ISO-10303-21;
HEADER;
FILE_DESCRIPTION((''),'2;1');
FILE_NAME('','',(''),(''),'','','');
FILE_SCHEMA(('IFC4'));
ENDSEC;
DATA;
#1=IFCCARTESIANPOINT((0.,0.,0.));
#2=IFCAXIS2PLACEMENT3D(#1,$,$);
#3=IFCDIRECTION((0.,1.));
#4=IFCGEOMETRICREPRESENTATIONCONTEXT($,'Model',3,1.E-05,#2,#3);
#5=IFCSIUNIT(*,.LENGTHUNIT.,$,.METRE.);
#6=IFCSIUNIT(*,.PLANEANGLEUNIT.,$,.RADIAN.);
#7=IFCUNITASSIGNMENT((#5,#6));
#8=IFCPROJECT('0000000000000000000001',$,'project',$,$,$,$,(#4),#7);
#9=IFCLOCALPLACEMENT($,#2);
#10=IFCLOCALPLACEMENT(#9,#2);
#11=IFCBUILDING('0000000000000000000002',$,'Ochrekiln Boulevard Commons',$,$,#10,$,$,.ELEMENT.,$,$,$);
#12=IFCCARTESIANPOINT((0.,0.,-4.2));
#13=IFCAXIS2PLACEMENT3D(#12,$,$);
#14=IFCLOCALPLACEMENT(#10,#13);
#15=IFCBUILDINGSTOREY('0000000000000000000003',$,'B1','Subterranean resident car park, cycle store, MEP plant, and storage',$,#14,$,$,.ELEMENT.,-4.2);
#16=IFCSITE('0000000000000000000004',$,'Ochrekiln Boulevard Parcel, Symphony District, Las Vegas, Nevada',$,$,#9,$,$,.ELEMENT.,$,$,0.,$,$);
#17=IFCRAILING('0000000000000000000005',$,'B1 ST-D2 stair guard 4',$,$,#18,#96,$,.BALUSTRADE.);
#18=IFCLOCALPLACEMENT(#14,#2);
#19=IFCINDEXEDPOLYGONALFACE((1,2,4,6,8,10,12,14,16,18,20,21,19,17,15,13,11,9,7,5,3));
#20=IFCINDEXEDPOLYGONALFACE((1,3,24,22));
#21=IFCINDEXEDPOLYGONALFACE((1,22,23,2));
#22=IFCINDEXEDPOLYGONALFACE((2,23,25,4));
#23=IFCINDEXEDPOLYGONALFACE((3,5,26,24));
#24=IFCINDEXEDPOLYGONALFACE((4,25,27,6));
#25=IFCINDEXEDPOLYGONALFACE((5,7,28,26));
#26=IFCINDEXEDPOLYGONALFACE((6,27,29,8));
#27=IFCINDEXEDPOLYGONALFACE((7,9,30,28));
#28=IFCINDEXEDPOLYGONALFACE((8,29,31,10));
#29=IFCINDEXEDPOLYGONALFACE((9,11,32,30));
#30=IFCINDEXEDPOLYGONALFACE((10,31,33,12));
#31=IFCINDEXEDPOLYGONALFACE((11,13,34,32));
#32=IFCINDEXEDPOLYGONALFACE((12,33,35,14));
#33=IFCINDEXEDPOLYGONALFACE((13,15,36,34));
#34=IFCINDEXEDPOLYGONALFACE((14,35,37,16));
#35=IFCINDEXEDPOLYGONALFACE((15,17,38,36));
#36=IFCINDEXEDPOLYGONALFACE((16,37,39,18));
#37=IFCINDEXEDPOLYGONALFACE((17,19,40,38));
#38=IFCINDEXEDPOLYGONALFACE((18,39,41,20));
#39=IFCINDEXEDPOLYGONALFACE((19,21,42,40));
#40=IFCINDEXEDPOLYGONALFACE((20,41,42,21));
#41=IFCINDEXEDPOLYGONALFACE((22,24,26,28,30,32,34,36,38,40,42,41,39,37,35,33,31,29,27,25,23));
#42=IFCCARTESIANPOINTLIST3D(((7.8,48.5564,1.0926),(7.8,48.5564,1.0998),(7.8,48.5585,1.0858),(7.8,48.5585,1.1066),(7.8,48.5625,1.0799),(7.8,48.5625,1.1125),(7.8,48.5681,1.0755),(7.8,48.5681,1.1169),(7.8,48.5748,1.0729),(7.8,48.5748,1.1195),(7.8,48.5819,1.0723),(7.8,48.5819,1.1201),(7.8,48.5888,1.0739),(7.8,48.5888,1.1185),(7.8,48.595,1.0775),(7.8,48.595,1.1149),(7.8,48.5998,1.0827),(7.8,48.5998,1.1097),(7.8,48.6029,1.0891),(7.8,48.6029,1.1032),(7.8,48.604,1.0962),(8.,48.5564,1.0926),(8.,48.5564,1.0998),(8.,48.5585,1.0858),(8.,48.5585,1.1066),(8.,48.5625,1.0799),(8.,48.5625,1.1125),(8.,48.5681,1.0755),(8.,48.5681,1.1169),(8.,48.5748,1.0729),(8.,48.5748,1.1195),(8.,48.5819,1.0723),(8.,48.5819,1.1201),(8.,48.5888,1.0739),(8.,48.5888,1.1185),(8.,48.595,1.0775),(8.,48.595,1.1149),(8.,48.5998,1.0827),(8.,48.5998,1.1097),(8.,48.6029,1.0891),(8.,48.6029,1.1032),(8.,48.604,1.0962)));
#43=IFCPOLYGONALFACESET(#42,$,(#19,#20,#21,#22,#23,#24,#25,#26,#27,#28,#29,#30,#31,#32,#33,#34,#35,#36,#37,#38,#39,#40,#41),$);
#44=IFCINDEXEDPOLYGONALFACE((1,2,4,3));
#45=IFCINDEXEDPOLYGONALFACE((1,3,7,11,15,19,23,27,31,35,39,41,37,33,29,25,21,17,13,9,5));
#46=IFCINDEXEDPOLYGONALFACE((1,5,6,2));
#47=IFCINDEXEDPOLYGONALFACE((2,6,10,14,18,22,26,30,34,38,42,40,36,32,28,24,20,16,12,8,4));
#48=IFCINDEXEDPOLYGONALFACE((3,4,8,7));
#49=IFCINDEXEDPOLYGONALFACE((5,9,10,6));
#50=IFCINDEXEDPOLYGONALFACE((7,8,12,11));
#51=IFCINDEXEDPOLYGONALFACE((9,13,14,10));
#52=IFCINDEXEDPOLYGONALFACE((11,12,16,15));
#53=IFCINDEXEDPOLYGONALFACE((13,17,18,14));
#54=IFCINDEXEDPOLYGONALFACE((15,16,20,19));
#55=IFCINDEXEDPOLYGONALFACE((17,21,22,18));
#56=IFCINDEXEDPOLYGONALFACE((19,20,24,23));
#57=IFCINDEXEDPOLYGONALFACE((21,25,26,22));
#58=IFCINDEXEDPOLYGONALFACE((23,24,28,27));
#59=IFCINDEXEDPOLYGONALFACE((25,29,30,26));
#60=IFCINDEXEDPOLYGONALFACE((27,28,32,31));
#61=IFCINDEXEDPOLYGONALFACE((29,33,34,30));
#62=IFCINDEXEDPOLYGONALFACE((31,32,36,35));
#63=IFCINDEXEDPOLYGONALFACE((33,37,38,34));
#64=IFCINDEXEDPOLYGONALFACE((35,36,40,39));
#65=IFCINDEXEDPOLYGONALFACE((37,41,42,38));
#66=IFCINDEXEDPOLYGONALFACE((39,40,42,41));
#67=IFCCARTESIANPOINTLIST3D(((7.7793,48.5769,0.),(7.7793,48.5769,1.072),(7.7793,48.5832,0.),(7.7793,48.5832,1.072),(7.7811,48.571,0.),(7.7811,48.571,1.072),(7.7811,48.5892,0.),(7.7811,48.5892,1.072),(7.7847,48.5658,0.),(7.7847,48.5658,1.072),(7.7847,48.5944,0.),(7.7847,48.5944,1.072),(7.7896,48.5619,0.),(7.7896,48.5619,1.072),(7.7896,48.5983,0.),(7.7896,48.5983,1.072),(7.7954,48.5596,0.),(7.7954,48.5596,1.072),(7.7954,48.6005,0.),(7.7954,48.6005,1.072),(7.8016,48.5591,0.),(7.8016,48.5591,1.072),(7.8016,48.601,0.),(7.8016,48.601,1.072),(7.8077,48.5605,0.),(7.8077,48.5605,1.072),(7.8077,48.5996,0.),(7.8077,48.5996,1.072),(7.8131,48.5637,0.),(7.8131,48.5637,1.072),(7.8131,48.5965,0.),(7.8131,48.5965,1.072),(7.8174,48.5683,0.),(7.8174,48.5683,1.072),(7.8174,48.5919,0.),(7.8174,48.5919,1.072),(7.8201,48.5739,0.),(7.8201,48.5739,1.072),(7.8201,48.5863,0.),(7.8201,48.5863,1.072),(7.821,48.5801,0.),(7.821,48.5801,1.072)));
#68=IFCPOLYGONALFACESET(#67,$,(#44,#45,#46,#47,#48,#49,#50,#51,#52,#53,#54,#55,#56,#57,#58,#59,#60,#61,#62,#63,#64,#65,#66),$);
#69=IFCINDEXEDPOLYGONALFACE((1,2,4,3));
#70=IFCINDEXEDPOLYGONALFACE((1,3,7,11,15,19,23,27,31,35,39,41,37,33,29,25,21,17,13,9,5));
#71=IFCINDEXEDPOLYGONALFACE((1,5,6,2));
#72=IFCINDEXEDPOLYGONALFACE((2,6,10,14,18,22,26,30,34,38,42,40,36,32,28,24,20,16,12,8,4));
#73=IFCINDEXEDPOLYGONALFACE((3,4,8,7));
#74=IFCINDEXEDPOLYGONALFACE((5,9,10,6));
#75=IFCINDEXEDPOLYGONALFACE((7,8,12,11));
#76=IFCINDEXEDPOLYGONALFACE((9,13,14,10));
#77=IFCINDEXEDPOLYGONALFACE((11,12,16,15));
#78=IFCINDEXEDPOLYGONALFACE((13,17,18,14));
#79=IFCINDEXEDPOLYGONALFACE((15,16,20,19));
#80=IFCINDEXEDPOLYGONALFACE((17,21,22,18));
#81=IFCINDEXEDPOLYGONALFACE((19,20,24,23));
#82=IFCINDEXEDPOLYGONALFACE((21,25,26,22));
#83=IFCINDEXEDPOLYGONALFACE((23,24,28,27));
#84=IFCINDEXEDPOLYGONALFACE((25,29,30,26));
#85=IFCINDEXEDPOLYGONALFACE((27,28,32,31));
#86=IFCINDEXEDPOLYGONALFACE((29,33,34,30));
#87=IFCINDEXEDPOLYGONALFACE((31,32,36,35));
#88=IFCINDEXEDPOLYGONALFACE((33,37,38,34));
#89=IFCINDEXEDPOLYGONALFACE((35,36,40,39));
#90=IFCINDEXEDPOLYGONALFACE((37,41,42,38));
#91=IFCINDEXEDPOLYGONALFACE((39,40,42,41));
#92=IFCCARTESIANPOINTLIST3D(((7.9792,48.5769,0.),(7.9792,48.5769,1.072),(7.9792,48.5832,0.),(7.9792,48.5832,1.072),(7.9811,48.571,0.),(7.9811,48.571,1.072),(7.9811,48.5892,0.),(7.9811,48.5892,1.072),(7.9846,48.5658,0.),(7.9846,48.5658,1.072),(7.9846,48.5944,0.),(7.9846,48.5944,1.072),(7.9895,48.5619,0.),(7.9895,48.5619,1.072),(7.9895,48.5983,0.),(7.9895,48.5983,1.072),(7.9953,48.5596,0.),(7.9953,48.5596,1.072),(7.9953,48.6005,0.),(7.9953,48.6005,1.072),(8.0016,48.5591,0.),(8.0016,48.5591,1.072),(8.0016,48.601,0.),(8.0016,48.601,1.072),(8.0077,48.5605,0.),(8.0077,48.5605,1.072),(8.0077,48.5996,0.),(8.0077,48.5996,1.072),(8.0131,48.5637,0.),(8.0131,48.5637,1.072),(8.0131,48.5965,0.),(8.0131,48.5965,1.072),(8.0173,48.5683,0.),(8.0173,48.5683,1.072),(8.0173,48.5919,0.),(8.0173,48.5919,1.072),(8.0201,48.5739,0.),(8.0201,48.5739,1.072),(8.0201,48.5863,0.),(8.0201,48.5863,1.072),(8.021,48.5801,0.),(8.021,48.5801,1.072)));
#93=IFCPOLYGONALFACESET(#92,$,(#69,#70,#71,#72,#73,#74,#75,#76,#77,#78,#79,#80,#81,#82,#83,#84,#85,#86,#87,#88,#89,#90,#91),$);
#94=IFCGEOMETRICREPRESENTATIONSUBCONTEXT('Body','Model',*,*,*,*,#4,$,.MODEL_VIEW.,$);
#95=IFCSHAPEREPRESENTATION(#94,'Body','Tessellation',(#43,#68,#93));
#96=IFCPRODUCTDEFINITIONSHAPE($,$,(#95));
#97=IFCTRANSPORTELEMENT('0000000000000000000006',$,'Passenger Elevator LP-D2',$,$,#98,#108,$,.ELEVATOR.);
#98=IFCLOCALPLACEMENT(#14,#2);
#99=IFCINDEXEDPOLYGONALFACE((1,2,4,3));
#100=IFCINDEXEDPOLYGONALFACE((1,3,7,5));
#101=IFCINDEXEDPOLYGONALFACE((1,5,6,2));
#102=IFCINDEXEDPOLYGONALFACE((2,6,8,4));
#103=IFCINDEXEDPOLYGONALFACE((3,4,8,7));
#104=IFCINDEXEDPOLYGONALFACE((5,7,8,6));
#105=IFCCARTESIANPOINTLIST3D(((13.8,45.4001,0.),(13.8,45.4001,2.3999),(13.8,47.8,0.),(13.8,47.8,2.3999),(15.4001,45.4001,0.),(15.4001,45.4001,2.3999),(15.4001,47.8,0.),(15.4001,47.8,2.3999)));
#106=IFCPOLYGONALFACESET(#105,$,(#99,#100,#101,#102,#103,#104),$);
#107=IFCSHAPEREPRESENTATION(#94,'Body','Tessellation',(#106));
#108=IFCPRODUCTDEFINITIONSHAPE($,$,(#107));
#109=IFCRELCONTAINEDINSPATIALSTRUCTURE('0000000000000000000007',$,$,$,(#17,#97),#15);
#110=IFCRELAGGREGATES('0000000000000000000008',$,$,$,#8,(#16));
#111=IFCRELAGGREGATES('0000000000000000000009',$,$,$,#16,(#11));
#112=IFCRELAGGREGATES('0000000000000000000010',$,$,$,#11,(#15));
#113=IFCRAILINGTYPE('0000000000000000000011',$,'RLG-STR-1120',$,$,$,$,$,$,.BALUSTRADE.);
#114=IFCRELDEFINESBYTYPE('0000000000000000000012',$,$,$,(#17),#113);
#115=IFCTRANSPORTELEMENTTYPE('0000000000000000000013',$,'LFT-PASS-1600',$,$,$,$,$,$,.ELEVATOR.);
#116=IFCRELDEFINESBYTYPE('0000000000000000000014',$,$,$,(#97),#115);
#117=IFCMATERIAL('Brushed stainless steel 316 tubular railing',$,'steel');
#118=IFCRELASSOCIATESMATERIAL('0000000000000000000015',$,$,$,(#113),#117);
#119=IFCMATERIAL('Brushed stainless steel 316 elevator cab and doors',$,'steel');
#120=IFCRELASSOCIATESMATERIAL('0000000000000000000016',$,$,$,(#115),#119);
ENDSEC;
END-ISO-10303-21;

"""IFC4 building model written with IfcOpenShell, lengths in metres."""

from ifc_helpers import new_model, si_unit, direction, frame, origin, origin_2d, place, context, subcontext, project, spatial, rectangle, circle, extrude, material, type_object, element, save


model = new_model("IFC4")

# Units and contexts
model_context = context("Model", 3, precision=1e-05, world=origin(), true_north=direction((0.0, 1.0)))
body_context = subcontext(model_context, "Body", "Model", "MODEL_VIEW")
ifc_project = project(units=[si_unit("LENGTHUNIT", "METRE"), si_unit("PLANEANGLEUNIT", "RADIAN")], contexts=[model_context])

# Site, building, storey
site_placement = place(None, origin())
site = spatial("IfcSite", under=ifc_project, at=site_placement, Name="Ochrekiln Boulevard Parcel, Symphony District, Las Vegas, Nevada", CompositionType="ELEMENT", RefElevation=0.0)
building_placement = place(site_placement, origin())
building = spatial("IfcBuilding", under=site, at=building_placement, Name="Ochrekiln Boulevard Commons", CompositionType="ELEMENT")
storey_placement = place(building_placement, frame((0.0, 0.0, -4.2)))
storey = spatial("IfcBuildingStorey", under=building, at=storey_placement, Name="B1", Description="Subterranean resident car park, cycle store, MEP plant, and storage", CompositionType="ELEMENT", Elevation=-4.2)

# Shared definitions
ifc_material_1 = material(Name="Brushed stainless steel 316 elevator cab and doors", Category="steel")

# Railing
ifc_material_2 = material(Name="Brushed stainless steel 316 tubular railing", Category="steel")
railing_type_1 = type_object("IfcRailingType", Name="RLG-STR-1120", PredefinedType="BALUSTRADE", material=ifc_material_2)
railing_1_placement = place(storey_placement, frame((7.8, 48.5801, 0.0)))
element("IfcRailing", 1, at=railing_1_placement, inside=storey, type_object=railing_type_1, Name="B1 ST-D2 stair guard 4", PredefinedType="BALUSTRADE", context=body_context, shape_type="SweptSolid", body=[
    extrude(circle(Radius=0.0239, at=origin_2d()), frame((0.0, 0.0, 1.0962), z_axis=(1.0, 0.0, 0.0), x_axis=(0.0, 1.0, 0.0)), (0.0, 0.0, 1.0), 0.2),
    extrude(circle(Radius=0.021, at=origin_2d()), origin(), (0.0, 0.0, 1.0), 1.072),
    extrude(circle(Radius=0.021, at=origin_2d()), frame((0.2, 0.0, 0.0)), (0.0, 0.0, 1.0), 1.072),
])

# Transport element
transport_element_type = type_object("IfcTransportElementType", Name="LFT-PASS-1600", PredefinedType="ELEVATOR", material=ifc_material_1)
transport_element_placement = place(storey_placement, frame((14.6001, 46.6001, 0.0), z_axis=(0.0, 0.0, 1.0), x_axis=(1.0, 0.0, 0.0)))
element("IfcTransportElement", 2, at=transport_element_placement, inside=storey, type_object=transport_element_type, Name="Passenger Elevator LP-D2", PredefinedType="ELEVATOR", context=body_context, shape_type="SweptSolid", body=[
    extrude(rectangle(XDim=1.6001, YDim=2.3999, at=origin_2d()), origin(), (0.0, 0.0, 1.0), 2.3999),
])

save(model, "model.ifc")
